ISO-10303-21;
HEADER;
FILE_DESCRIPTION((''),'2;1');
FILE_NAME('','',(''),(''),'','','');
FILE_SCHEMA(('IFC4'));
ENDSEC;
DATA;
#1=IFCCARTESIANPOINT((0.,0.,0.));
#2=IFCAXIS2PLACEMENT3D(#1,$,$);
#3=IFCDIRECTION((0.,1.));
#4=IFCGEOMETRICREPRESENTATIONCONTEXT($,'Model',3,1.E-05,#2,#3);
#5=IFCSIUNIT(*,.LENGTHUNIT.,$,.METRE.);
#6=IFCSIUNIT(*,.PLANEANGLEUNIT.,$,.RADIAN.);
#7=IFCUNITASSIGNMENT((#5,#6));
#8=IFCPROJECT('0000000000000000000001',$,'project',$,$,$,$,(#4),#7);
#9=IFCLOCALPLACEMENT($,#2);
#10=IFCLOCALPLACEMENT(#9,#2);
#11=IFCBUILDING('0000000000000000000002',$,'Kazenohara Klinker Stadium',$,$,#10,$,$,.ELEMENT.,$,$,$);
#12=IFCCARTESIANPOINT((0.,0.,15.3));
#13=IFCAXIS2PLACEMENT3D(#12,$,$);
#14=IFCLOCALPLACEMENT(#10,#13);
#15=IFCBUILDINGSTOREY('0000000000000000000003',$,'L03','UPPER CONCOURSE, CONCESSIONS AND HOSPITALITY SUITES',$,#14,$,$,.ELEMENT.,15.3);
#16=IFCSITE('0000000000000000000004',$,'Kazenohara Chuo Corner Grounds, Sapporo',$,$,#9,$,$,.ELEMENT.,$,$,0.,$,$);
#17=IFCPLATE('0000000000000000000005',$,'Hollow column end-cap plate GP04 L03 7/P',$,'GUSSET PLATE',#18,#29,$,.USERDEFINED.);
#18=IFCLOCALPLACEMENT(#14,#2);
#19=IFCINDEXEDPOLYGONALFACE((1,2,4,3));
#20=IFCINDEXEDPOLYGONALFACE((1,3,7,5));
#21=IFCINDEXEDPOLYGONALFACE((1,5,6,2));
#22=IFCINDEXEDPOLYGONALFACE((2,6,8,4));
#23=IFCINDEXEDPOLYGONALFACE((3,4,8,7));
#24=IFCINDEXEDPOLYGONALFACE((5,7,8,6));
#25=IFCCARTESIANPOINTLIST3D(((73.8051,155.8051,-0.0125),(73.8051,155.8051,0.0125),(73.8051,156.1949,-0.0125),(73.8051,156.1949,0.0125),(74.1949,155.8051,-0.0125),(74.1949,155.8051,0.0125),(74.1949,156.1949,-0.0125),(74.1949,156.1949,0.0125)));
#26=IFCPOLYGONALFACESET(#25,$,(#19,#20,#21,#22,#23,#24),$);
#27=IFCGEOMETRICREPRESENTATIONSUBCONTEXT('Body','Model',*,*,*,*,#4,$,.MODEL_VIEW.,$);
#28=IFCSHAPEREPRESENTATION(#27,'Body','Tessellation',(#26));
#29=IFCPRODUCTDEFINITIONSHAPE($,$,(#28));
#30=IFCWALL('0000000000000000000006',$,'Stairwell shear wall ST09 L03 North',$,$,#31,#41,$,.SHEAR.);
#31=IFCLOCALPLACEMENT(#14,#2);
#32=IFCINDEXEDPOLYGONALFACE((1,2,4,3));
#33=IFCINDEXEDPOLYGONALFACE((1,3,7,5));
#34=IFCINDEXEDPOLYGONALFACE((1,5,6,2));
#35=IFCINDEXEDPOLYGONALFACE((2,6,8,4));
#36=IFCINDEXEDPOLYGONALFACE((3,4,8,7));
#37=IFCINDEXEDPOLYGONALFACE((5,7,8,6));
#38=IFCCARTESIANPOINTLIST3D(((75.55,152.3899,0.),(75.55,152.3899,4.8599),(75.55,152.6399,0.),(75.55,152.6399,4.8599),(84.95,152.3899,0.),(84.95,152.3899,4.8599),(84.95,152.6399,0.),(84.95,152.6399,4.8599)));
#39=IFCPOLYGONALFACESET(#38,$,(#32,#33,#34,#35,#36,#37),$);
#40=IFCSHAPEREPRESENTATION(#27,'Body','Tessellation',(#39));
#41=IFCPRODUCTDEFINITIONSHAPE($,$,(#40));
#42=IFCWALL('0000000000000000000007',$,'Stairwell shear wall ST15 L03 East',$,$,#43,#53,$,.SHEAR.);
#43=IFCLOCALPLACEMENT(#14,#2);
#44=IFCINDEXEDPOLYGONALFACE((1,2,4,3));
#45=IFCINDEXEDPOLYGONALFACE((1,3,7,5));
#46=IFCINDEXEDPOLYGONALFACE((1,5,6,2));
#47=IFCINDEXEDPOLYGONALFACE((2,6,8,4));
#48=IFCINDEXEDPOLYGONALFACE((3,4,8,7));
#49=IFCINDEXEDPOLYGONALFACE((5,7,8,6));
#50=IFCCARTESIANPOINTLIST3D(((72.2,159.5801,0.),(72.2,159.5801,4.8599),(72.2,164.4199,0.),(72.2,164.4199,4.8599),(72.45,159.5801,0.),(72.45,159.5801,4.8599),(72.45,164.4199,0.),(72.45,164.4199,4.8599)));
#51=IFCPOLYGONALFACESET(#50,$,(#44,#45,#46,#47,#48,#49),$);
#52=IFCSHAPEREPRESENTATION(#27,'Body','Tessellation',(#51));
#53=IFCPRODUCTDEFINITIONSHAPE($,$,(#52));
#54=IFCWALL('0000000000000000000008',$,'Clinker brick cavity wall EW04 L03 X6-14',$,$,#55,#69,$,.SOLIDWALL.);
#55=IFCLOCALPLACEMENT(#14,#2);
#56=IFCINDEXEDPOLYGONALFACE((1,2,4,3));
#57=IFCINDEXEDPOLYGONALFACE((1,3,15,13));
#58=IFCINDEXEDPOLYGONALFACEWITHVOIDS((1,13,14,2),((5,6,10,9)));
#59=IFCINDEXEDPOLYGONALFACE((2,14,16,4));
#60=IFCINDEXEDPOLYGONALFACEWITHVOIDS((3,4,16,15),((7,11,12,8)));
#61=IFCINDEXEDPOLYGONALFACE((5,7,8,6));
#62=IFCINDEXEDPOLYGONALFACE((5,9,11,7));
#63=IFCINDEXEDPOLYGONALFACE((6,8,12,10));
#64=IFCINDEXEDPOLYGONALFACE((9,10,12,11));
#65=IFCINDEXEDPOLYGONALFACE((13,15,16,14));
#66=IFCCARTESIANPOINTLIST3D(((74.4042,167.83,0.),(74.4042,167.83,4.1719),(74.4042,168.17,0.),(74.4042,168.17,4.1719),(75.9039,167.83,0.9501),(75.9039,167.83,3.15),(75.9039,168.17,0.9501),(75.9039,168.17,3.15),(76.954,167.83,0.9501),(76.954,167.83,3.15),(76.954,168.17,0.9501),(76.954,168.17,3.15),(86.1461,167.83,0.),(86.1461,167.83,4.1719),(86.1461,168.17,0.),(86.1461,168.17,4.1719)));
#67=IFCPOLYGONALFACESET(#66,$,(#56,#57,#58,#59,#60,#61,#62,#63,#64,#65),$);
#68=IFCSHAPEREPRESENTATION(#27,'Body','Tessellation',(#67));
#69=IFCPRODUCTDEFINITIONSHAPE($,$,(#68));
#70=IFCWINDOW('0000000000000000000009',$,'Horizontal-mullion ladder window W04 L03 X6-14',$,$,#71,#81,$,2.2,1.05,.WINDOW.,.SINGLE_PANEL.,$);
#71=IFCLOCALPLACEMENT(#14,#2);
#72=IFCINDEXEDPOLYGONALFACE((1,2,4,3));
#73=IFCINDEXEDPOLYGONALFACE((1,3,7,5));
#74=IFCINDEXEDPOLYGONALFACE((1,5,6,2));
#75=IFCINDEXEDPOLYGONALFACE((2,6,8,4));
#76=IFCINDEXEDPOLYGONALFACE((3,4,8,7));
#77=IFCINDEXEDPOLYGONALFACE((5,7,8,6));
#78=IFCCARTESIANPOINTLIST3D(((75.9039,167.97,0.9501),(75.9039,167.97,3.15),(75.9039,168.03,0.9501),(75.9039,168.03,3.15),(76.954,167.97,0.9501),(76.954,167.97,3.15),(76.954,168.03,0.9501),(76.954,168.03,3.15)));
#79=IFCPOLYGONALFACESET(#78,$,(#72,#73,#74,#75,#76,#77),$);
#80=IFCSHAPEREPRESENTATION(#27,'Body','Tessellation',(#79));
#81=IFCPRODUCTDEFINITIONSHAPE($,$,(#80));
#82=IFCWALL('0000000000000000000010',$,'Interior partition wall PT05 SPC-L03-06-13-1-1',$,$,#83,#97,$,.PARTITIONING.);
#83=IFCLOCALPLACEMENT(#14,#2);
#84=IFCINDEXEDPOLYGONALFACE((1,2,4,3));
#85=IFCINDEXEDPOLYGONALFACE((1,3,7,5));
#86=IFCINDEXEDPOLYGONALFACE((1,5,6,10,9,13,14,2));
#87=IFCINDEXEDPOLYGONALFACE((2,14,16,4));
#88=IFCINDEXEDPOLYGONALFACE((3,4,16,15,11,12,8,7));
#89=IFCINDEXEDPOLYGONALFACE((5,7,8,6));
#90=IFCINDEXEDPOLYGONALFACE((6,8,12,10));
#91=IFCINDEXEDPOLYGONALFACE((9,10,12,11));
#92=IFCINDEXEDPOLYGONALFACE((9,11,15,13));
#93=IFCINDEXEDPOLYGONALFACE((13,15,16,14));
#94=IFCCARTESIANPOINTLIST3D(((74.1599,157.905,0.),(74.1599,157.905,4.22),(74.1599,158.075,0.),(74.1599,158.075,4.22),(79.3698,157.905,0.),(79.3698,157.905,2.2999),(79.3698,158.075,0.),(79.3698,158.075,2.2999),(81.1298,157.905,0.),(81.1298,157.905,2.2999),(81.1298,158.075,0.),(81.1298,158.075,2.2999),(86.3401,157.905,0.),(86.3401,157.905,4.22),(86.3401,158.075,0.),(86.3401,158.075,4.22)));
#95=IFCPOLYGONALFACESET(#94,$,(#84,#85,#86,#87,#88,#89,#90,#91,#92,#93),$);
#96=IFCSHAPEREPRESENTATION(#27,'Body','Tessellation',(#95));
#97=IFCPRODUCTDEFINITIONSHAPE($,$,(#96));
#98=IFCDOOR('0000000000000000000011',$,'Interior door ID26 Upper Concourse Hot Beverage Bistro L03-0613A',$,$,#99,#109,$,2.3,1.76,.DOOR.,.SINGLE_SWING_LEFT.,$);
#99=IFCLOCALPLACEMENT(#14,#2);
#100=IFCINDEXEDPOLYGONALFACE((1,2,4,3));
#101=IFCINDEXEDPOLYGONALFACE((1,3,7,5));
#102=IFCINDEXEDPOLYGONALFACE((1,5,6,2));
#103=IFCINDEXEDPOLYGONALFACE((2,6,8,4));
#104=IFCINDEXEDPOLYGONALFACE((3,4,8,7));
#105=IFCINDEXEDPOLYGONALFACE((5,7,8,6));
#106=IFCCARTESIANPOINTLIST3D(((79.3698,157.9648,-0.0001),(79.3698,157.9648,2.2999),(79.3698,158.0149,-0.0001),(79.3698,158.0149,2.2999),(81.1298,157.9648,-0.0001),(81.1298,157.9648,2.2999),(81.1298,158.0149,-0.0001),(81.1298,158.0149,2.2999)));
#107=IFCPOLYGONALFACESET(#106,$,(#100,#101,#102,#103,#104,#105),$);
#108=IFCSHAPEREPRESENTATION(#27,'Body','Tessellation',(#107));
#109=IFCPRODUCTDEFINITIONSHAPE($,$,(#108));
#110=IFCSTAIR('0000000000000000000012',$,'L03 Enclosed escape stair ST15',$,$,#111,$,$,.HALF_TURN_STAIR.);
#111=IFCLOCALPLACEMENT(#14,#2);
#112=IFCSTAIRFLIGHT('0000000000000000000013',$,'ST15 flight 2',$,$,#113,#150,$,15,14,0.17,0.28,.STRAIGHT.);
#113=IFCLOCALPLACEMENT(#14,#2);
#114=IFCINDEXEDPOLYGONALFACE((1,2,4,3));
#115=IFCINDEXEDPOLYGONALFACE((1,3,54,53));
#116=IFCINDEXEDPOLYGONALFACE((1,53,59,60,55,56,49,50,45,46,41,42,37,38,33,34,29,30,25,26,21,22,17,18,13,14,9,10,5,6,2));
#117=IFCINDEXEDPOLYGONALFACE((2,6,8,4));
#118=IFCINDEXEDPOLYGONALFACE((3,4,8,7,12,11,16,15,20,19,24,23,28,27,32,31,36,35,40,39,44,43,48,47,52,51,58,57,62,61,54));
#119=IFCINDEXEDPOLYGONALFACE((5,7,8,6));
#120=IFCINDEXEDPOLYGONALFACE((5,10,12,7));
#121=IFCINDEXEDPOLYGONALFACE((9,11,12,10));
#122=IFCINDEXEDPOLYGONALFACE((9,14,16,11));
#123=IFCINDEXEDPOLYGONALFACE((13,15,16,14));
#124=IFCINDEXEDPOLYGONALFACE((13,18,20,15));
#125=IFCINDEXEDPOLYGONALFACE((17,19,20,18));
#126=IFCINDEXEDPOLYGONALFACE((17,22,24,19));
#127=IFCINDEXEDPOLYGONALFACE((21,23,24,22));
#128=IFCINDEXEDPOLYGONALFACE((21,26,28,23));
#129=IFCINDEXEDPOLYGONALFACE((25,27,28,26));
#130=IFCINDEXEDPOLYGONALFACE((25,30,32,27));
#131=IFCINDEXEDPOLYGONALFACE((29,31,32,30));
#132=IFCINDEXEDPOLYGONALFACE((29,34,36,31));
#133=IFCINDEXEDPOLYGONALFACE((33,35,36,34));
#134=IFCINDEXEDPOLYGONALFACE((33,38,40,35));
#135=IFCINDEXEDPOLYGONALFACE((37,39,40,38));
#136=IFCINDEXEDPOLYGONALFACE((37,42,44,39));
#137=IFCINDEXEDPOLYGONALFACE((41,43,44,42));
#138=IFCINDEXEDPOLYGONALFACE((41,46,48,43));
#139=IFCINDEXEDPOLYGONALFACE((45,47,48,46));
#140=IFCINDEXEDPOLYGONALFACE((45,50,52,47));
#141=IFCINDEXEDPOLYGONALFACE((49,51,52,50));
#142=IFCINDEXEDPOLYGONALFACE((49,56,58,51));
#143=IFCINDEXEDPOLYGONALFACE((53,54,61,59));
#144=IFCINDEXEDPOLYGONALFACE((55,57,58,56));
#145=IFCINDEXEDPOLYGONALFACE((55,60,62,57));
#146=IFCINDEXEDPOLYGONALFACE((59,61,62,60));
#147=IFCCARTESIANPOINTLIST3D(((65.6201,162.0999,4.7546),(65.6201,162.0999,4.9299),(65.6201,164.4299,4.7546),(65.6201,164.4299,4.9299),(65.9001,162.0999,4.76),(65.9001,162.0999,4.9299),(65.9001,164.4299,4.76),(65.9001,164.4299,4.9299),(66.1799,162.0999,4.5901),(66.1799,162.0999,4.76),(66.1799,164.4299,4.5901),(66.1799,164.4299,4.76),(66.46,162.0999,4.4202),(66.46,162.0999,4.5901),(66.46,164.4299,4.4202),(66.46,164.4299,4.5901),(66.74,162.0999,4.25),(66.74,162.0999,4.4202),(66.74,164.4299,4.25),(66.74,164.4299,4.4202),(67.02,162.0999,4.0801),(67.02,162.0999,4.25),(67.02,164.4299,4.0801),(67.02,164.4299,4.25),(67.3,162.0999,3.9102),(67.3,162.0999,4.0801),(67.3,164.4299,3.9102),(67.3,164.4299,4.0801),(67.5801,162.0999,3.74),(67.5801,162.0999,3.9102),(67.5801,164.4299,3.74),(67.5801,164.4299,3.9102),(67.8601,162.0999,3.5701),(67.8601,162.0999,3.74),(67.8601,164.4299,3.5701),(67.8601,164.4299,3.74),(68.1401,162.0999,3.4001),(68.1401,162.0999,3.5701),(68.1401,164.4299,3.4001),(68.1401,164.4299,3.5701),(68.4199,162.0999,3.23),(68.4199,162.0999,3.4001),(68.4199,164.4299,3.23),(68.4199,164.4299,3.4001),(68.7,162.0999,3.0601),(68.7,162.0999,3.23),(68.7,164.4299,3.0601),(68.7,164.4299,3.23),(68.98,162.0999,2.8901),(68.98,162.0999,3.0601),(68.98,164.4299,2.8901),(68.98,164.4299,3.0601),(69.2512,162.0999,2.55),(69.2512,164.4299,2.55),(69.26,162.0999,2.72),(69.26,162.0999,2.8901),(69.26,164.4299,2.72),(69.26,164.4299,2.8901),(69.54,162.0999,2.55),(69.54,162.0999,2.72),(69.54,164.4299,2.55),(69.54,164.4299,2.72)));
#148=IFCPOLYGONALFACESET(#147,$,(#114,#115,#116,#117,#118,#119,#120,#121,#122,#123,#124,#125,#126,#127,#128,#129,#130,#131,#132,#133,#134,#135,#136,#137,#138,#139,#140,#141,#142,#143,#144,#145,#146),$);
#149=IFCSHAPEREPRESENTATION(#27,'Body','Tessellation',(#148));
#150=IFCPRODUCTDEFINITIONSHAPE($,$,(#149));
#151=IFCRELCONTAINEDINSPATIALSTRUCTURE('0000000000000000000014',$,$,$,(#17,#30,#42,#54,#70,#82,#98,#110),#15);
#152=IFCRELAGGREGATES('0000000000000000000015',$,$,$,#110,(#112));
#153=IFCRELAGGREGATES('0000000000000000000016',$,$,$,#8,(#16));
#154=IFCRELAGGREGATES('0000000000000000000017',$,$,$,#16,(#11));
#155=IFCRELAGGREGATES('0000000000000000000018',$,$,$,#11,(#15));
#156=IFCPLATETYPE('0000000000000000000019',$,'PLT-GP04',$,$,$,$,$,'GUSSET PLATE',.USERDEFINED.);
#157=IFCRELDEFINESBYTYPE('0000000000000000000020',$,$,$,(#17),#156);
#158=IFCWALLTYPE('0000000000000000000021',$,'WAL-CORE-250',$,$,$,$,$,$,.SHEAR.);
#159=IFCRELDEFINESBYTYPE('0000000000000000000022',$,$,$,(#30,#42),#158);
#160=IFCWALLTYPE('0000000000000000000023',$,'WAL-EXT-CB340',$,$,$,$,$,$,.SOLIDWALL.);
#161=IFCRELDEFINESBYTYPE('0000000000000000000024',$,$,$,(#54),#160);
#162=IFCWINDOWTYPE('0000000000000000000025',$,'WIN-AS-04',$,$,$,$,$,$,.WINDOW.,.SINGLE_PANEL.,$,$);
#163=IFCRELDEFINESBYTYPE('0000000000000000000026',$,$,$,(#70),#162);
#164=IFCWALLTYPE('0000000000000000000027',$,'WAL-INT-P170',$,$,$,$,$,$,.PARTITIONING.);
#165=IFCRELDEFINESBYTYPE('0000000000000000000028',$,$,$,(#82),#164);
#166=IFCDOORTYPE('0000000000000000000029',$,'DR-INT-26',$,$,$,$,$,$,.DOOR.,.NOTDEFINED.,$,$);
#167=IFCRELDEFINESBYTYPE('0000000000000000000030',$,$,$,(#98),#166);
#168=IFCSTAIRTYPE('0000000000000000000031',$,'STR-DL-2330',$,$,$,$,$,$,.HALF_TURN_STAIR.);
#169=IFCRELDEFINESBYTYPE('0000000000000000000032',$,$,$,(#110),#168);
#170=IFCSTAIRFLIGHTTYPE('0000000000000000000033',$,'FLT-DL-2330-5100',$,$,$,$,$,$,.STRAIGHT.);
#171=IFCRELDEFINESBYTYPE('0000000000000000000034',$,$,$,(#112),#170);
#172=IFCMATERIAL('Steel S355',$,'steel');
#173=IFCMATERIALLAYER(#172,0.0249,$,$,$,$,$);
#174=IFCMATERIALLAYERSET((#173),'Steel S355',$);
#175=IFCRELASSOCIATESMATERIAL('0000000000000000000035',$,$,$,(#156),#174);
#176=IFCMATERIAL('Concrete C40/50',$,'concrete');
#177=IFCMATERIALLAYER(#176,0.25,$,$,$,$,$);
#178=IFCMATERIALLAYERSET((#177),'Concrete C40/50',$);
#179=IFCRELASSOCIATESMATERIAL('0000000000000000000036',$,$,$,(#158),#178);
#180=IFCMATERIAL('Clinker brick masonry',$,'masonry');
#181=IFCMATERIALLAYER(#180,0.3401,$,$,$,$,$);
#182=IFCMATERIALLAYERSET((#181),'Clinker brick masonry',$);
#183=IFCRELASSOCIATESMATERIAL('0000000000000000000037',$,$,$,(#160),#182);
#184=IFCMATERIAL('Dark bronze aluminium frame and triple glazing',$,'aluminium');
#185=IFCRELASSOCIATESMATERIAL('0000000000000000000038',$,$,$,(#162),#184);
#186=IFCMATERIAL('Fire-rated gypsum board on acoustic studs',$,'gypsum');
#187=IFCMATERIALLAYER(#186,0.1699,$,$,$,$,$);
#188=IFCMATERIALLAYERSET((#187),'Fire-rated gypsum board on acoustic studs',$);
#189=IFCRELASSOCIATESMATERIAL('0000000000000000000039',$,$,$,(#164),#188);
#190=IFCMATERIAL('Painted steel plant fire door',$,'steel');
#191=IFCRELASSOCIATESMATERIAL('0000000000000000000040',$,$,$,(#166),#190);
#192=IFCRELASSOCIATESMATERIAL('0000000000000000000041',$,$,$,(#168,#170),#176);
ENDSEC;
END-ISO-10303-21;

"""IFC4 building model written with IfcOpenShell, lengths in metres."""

from ifc_helpers import new_model, si_unit, direction, frame, frame_2d, origin, origin_2d, place, context, subcontext, project, spatial, polyline, rectangle, outline, extrude, material, layer, layer_set, type_object, element, fill, aggregate, save


model = new_model("IFC4")

# Units and contexts
model_context = context("Model", 3, precision=1e-05, world=origin(), true_north=direction((0.0, 1.0)))
body_context = subcontext(model_context, "Body", "Model", "MODEL_VIEW")
ifc_project = project(units=[si_unit("LENGTHUNIT", "METRE"), si_unit("PLANEANGLEUNIT", "RADIAN")], contexts=[model_context])

# Site, building, storey
site_placement = place(None, origin())
site = spatial("IfcSite", under=ifc_project, at=site_placement, Name="Kazenohara Chuo Corner Grounds, Sapporo", CompositionType="ELEMENT", RefElevation=0.0)
building_placement = place(site_placement, origin())
building = spatial("IfcBuilding", under=site, at=building_placement, Name="Kazenohara Klinker Stadium", CompositionType="ELEMENT")
storey_placement = place(building_placement, frame((0.0, 0.0, 15.3)))
storey = spatial("IfcBuildingStorey", under=building, at=storey_placement, Name="L03", Description="UPPER CONCOURSE, CONCESSIONS AND HOSPITALITY SUITES", CompositionType="ELEMENT", Elevation=15.3)

# Shared definitions
ifc_material_1 = material(Name="Concrete C40/50", Category="concrete")
ifc_material_2 = material(Name="Steel S355", Category="steel")

# Plate
ifc_layer_1 = layer(ifc_material_2, 0.0249)
ifc_layer_set_1 = layer_set([ifc_layer_1], Name="Steel S355")
plate_type = type_object("IfcPlateType", Name="PLT-GP04", ElementType="GUSSET PLATE", PredefinedType="USERDEFINED", material=ifc_layer_set_1)
plate_placement = place(storey_placement, frame((74.0, 156.0, -0.0125), z_axis=(0.0, 0.0, 1.0), x_axis=(1.0, 0.0, 0.0)))
element("IfcPlate", 1, at=plate_placement, inside=storey, type_object=plate_type, Name="Hollow column end-cap plate GP04 L03 7/P", ObjectType="GUSSET PLATE", PredefinedType="USERDEFINED", context=body_context, shape_type="SweptSolid", body=[
    extrude(rectangle(XDim=0.3899, YDim=0.3899, at=origin_2d()), origin(), (0.0, 0.0, 1.0), 0.0249),
])

# Walls
ifc_layer_2 = layer(ifc_material_1, 0.25)
ifc_layer_set_2 = layer_set([ifc_layer_2], Name="Concrete C40/50")
wall_type_1 = type_object("IfcWallType", Name="WAL-CORE-250", PredefinedType="SHEAR", material=ifc_layer_set_2)
wall_1_placement = place(storey_placement, frame((75.55, 152.5149, 0.0), z_axis=(0.0, 0.0, 1.0), x_axis=(1.0, 0.0, 0.0)))
element("IfcWall", 2, at=wall_1_placement, inside=storey, type_object=wall_type_1, Name="Stairwell shear wall ST09 L03 North", PredefinedType="SHEAR", context=body_context, shape_type="SweptSolid", body=[
    extrude(rectangle(XDim=9.3999, YDim=0.25, at=frame_2d((4.7, 0.0))), origin(), (0.0, 0.0, 1.0), 4.8599),
])
wall_2_placement = place(storey_placement, frame((72.325, 159.5801, 0.0), z_axis=(0.0, 0.0, 1.0), x_axis=(0.0, 1.0, 0.0)))
element("IfcWall", 3, at=wall_2_placement, inside=storey, type_object=wall_type_1, Name="Stairwell shear wall ST15 L03 East", PredefinedType="SHEAR", context=body_context, shape_type="SweptSolid", body=[
    extrude(rectangle(XDim=4.8398, YDim=0.25, at=frame_2d((2.4199, 0.0))), origin(), (0.0, 0.0, 1.0), 4.8599),
])

# Wall, opening, window
ifc_material_3 = material(Name="Clinker brick masonry", Category="masonry")
ifc_layer_3 = layer(ifc_material_3, 0.3401)
ifc_layer_set_3 = layer_set([ifc_layer_3], Name="Clinker brick masonry")
wall_type_2 = type_object("IfcWallType", Name="WAL-EXT-CB340", PredefinedType="SOLIDWALL", material=ifc_layer_set_3)
wall_3_placement = place(storey_placement, frame((74.4041, 168.0, 0.0), z_axis=(0.0, 0.0, 1.0), x_axis=(1.0, 0.0, 0.0)))
wall_3 = element("IfcWall", 4, at=wall_3_placement, inside=storey, type_object=wall_type_2, Name="Clinker brick cavity wall EW04 L03 X6-14", PredefinedType="SOLIDWALL", context=body_context, shape_type="SweptSolid", body=[
    extrude(rectangle(XDim=11.7419, YDim=0.3401, at=frame_2d((5.8711, 0.0))), origin(), (0.0, 0.0, 1.0), 4.1719),
])
opening_1_placement = place(wall_3_placement, frame((1.5, 0.0, 0.95)))
opening_1 = element("IfcOpeningElement", 5, at=opening_1_placement, cuts=wall_3, PredefinedType="OPENING", context=body_context, shape_type="SweptSolid", body=[
    extrude(rectangle(XDim=1.05, YDim=2.2, at=frame_2d((0.5249, 1.1001))), frame((0.0, 0.1802, 0.0), z_axis=(0.0, -1.0, 0.0), x_axis=(1.0, 0.0, 0.0)), (0.0, 0.0, 1.0), 0.3601),
])
ifc_material_4 = material(Name="Dark bronze aluminium frame and triple glazing", Category="aluminium")
window_type = type_object("IfcWindowType", Name="WIN-AS-04", PartitioningType="SINGLE_PANEL", PredefinedType="WINDOW", material=ifc_material_4)
window_placement = place(opening_1_placement, origin())
window = element("IfcWindow", 6, at=window_placement, inside=storey, type_object=window_type, Name="Horizontal-mullion ladder window W04 L03 X6-14", OverallHeight=2.2, OverallWidth=1.05, PartitioningType="SINGLE_PANEL", PredefinedType="WINDOW", context=body_context, shape_type="SweptSolid", body=[
    extrude(rectangle(XDim=1.05, YDim=2.2, at=frame_2d((0.5249, 1.1001))), frame((0.0, 0.03, 0.0), z_axis=(0.0, -1.0, 0.0), x_axis=(1.0, 0.0, 0.0)), (0.0, 0.0, 1.0), 0.0601),
])
fill(opening_1, window)

# Wall, opening, door
ifc_material_5 = material(Name="Fire-rated gypsum board on acoustic studs", Category="gypsum")
ifc_layer_4 = layer(ifc_material_5, 0.1699)
ifc_layer_set_4 = layer_set([ifc_layer_4], Name="Fire-rated gypsum board on acoustic studs")
wall_type_3 = type_object("IfcWallType", Name="WAL-INT-P170", PredefinedType="PARTITIONING", material=ifc_layer_set_4)
wall_4_placement = place(storey_placement, frame((74.1599, 157.99, 0.0), z_axis=(0.0, 0.0, 1.0), x_axis=(1.0, 0.0, 0.0)))
wall_4 = element("IfcWall", 7, at=wall_4_placement, inside=storey, type_object=wall_type_3, Name="Interior partition wall PT05 SPC-L03-06-13-1-1", PredefinedType="PARTITIONING", context=body_context, shape_type="SweptSolid", body=[
    extrude(rectangle(XDim=12.1802, YDim=0.1699, at=frame_2d((6.0901, 0.0))), origin(), (0.0, 0.0, 1.0), 4.22),
])
opening_2_placement = place(wall_4_placement, frame((5.21, 0.0, 0.0)))
opening_2 = element("IfcOpeningElement", 8, at=opening_2_placement, cuts=wall_4, PredefinedType="OPENING", context=body_context, shape_type="SweptSolid", body=[
    extrude(rectangle(XDim=1.76, YDim=2.3, at=frame_2d((0.8799, 1.1499))), frame((0.0, 0.095, 0.0), z_axis=(0.0, -1.0, 0.0), x_axis=(1.0, 0.0, 0.0)), (0.0, 0.0, 1.0), 0.1899),
])
ifc_material_6 = material(Name="Painted steel plant fire door", Category="steel")
door_type = type_object("IfcDoorType", Name="DR-INT-26", OperationType="NOTDEFINED", PredefinedType="DOOR", material=ifc_material_6)
door_placement = place(opening_2_placement, origin())
door = element("IfcDoor", 9, at=door_placement, inside=storey, type_object=door_type, Name="Interior door ID26 Upper Concourse Hot Beverage Bistro L03-0613A", OperationType="SINGLE_SWING_LEFT", OverallHeight=2.3, OverallWidth=1.76, PredefinedType="DOOR", context=body_context, shape_type="SweptSolid", body=[
    extrude(rectangle(XDim=1.76, YDim=2.3, at=frame_2d((0.8799, 1.1499))), frame((0.0, 0.0249, 0.0), z_axis=(0.0, -1.0, 0.0), x_axis=(1.0, 0.0, 0.0)), (0.0, 0.0, 1.0), 0.05),
])
fill(opening_2, door)

# Stair, stair flight
stair_type = type_object("IfcStairType", Name="STR-DL-2330", PredefinedType="HALF_TURN_STAIR", material=ifc_material_1)
stair_placement = place(storey_placement, origin())
stair = element("IfcStair", 10, at=stair_placement, inside=storey, type_object=stair_type, Name="L03 Enclosed escape stair ST15", PredefinedType="HALF_TURN_STAIR")
stair_flight_type = type_object("IfcStairFlightType", Name="FLT-DL-2330-5100", PredefinedType="STRAIGHT", material=ifc_material_1)
stair_flight_placement = place(storey_placement, frame((69.54, 163.2649, 2.55), z_axis=(0.0, 0.0, 1.0), x_axis=(-1.0, 0.0, 0.0)))
stair_flight = element("IfcStairFlight", 11, at=stair_flight_placement, type_object=stair_flight_type, Name="ST15 flight 2", NumberOfRisers=15, NumberOfTreads=14, PredefinedType="STRAIGHT", RiserHeight=0.17, TreadLength=0.28, context=body_context, shape_type="SweptSolid", body=[
    extrude(outline(polyline([(0.0, 0.0), (0.0, 0.1699), (0.28, 0.1699), (0.28, 0.3401), (0.5601, 0.3401), (0.5601, 0.51), (0.8401, 0.51), (0.8401, 0.6799), (1.1201, 0.6799), (1.1201, 0.8501), (1.3999, 0.8501), (1.3999, 1.02), (1.6799, 1.02), (1.6799, 1.1899), (1.96, 1.1899), (1.96, 1.3601), (2.24, 1.3601), (2.24, 1.53), (2.52, 1.53), (2.52, 1.7), (2.8, 1.7), (2.8, 1.8701), (3.0801, 1.8701), (3.0801, 2.04), (3.3601, 2.04), (3.3601, 2.21), (3.6399, 2.21), (3.6399, 2.3799), (3.9199, 2.3799), (3.9199, 2.55), (3.9199, 2.2046), (0.2888, 0.0), (0.0, 0.0)])), frame((0.0, 1.165, 0.0), z_axis=(0.0, -1.0, 0.0), x_axis=(1.0, 0.0, 0.0)), (0.0, 0.0, 1.0), 2.3301),
])
aggregate(stair, [stair_flight])

save(model, "model.ifc")
